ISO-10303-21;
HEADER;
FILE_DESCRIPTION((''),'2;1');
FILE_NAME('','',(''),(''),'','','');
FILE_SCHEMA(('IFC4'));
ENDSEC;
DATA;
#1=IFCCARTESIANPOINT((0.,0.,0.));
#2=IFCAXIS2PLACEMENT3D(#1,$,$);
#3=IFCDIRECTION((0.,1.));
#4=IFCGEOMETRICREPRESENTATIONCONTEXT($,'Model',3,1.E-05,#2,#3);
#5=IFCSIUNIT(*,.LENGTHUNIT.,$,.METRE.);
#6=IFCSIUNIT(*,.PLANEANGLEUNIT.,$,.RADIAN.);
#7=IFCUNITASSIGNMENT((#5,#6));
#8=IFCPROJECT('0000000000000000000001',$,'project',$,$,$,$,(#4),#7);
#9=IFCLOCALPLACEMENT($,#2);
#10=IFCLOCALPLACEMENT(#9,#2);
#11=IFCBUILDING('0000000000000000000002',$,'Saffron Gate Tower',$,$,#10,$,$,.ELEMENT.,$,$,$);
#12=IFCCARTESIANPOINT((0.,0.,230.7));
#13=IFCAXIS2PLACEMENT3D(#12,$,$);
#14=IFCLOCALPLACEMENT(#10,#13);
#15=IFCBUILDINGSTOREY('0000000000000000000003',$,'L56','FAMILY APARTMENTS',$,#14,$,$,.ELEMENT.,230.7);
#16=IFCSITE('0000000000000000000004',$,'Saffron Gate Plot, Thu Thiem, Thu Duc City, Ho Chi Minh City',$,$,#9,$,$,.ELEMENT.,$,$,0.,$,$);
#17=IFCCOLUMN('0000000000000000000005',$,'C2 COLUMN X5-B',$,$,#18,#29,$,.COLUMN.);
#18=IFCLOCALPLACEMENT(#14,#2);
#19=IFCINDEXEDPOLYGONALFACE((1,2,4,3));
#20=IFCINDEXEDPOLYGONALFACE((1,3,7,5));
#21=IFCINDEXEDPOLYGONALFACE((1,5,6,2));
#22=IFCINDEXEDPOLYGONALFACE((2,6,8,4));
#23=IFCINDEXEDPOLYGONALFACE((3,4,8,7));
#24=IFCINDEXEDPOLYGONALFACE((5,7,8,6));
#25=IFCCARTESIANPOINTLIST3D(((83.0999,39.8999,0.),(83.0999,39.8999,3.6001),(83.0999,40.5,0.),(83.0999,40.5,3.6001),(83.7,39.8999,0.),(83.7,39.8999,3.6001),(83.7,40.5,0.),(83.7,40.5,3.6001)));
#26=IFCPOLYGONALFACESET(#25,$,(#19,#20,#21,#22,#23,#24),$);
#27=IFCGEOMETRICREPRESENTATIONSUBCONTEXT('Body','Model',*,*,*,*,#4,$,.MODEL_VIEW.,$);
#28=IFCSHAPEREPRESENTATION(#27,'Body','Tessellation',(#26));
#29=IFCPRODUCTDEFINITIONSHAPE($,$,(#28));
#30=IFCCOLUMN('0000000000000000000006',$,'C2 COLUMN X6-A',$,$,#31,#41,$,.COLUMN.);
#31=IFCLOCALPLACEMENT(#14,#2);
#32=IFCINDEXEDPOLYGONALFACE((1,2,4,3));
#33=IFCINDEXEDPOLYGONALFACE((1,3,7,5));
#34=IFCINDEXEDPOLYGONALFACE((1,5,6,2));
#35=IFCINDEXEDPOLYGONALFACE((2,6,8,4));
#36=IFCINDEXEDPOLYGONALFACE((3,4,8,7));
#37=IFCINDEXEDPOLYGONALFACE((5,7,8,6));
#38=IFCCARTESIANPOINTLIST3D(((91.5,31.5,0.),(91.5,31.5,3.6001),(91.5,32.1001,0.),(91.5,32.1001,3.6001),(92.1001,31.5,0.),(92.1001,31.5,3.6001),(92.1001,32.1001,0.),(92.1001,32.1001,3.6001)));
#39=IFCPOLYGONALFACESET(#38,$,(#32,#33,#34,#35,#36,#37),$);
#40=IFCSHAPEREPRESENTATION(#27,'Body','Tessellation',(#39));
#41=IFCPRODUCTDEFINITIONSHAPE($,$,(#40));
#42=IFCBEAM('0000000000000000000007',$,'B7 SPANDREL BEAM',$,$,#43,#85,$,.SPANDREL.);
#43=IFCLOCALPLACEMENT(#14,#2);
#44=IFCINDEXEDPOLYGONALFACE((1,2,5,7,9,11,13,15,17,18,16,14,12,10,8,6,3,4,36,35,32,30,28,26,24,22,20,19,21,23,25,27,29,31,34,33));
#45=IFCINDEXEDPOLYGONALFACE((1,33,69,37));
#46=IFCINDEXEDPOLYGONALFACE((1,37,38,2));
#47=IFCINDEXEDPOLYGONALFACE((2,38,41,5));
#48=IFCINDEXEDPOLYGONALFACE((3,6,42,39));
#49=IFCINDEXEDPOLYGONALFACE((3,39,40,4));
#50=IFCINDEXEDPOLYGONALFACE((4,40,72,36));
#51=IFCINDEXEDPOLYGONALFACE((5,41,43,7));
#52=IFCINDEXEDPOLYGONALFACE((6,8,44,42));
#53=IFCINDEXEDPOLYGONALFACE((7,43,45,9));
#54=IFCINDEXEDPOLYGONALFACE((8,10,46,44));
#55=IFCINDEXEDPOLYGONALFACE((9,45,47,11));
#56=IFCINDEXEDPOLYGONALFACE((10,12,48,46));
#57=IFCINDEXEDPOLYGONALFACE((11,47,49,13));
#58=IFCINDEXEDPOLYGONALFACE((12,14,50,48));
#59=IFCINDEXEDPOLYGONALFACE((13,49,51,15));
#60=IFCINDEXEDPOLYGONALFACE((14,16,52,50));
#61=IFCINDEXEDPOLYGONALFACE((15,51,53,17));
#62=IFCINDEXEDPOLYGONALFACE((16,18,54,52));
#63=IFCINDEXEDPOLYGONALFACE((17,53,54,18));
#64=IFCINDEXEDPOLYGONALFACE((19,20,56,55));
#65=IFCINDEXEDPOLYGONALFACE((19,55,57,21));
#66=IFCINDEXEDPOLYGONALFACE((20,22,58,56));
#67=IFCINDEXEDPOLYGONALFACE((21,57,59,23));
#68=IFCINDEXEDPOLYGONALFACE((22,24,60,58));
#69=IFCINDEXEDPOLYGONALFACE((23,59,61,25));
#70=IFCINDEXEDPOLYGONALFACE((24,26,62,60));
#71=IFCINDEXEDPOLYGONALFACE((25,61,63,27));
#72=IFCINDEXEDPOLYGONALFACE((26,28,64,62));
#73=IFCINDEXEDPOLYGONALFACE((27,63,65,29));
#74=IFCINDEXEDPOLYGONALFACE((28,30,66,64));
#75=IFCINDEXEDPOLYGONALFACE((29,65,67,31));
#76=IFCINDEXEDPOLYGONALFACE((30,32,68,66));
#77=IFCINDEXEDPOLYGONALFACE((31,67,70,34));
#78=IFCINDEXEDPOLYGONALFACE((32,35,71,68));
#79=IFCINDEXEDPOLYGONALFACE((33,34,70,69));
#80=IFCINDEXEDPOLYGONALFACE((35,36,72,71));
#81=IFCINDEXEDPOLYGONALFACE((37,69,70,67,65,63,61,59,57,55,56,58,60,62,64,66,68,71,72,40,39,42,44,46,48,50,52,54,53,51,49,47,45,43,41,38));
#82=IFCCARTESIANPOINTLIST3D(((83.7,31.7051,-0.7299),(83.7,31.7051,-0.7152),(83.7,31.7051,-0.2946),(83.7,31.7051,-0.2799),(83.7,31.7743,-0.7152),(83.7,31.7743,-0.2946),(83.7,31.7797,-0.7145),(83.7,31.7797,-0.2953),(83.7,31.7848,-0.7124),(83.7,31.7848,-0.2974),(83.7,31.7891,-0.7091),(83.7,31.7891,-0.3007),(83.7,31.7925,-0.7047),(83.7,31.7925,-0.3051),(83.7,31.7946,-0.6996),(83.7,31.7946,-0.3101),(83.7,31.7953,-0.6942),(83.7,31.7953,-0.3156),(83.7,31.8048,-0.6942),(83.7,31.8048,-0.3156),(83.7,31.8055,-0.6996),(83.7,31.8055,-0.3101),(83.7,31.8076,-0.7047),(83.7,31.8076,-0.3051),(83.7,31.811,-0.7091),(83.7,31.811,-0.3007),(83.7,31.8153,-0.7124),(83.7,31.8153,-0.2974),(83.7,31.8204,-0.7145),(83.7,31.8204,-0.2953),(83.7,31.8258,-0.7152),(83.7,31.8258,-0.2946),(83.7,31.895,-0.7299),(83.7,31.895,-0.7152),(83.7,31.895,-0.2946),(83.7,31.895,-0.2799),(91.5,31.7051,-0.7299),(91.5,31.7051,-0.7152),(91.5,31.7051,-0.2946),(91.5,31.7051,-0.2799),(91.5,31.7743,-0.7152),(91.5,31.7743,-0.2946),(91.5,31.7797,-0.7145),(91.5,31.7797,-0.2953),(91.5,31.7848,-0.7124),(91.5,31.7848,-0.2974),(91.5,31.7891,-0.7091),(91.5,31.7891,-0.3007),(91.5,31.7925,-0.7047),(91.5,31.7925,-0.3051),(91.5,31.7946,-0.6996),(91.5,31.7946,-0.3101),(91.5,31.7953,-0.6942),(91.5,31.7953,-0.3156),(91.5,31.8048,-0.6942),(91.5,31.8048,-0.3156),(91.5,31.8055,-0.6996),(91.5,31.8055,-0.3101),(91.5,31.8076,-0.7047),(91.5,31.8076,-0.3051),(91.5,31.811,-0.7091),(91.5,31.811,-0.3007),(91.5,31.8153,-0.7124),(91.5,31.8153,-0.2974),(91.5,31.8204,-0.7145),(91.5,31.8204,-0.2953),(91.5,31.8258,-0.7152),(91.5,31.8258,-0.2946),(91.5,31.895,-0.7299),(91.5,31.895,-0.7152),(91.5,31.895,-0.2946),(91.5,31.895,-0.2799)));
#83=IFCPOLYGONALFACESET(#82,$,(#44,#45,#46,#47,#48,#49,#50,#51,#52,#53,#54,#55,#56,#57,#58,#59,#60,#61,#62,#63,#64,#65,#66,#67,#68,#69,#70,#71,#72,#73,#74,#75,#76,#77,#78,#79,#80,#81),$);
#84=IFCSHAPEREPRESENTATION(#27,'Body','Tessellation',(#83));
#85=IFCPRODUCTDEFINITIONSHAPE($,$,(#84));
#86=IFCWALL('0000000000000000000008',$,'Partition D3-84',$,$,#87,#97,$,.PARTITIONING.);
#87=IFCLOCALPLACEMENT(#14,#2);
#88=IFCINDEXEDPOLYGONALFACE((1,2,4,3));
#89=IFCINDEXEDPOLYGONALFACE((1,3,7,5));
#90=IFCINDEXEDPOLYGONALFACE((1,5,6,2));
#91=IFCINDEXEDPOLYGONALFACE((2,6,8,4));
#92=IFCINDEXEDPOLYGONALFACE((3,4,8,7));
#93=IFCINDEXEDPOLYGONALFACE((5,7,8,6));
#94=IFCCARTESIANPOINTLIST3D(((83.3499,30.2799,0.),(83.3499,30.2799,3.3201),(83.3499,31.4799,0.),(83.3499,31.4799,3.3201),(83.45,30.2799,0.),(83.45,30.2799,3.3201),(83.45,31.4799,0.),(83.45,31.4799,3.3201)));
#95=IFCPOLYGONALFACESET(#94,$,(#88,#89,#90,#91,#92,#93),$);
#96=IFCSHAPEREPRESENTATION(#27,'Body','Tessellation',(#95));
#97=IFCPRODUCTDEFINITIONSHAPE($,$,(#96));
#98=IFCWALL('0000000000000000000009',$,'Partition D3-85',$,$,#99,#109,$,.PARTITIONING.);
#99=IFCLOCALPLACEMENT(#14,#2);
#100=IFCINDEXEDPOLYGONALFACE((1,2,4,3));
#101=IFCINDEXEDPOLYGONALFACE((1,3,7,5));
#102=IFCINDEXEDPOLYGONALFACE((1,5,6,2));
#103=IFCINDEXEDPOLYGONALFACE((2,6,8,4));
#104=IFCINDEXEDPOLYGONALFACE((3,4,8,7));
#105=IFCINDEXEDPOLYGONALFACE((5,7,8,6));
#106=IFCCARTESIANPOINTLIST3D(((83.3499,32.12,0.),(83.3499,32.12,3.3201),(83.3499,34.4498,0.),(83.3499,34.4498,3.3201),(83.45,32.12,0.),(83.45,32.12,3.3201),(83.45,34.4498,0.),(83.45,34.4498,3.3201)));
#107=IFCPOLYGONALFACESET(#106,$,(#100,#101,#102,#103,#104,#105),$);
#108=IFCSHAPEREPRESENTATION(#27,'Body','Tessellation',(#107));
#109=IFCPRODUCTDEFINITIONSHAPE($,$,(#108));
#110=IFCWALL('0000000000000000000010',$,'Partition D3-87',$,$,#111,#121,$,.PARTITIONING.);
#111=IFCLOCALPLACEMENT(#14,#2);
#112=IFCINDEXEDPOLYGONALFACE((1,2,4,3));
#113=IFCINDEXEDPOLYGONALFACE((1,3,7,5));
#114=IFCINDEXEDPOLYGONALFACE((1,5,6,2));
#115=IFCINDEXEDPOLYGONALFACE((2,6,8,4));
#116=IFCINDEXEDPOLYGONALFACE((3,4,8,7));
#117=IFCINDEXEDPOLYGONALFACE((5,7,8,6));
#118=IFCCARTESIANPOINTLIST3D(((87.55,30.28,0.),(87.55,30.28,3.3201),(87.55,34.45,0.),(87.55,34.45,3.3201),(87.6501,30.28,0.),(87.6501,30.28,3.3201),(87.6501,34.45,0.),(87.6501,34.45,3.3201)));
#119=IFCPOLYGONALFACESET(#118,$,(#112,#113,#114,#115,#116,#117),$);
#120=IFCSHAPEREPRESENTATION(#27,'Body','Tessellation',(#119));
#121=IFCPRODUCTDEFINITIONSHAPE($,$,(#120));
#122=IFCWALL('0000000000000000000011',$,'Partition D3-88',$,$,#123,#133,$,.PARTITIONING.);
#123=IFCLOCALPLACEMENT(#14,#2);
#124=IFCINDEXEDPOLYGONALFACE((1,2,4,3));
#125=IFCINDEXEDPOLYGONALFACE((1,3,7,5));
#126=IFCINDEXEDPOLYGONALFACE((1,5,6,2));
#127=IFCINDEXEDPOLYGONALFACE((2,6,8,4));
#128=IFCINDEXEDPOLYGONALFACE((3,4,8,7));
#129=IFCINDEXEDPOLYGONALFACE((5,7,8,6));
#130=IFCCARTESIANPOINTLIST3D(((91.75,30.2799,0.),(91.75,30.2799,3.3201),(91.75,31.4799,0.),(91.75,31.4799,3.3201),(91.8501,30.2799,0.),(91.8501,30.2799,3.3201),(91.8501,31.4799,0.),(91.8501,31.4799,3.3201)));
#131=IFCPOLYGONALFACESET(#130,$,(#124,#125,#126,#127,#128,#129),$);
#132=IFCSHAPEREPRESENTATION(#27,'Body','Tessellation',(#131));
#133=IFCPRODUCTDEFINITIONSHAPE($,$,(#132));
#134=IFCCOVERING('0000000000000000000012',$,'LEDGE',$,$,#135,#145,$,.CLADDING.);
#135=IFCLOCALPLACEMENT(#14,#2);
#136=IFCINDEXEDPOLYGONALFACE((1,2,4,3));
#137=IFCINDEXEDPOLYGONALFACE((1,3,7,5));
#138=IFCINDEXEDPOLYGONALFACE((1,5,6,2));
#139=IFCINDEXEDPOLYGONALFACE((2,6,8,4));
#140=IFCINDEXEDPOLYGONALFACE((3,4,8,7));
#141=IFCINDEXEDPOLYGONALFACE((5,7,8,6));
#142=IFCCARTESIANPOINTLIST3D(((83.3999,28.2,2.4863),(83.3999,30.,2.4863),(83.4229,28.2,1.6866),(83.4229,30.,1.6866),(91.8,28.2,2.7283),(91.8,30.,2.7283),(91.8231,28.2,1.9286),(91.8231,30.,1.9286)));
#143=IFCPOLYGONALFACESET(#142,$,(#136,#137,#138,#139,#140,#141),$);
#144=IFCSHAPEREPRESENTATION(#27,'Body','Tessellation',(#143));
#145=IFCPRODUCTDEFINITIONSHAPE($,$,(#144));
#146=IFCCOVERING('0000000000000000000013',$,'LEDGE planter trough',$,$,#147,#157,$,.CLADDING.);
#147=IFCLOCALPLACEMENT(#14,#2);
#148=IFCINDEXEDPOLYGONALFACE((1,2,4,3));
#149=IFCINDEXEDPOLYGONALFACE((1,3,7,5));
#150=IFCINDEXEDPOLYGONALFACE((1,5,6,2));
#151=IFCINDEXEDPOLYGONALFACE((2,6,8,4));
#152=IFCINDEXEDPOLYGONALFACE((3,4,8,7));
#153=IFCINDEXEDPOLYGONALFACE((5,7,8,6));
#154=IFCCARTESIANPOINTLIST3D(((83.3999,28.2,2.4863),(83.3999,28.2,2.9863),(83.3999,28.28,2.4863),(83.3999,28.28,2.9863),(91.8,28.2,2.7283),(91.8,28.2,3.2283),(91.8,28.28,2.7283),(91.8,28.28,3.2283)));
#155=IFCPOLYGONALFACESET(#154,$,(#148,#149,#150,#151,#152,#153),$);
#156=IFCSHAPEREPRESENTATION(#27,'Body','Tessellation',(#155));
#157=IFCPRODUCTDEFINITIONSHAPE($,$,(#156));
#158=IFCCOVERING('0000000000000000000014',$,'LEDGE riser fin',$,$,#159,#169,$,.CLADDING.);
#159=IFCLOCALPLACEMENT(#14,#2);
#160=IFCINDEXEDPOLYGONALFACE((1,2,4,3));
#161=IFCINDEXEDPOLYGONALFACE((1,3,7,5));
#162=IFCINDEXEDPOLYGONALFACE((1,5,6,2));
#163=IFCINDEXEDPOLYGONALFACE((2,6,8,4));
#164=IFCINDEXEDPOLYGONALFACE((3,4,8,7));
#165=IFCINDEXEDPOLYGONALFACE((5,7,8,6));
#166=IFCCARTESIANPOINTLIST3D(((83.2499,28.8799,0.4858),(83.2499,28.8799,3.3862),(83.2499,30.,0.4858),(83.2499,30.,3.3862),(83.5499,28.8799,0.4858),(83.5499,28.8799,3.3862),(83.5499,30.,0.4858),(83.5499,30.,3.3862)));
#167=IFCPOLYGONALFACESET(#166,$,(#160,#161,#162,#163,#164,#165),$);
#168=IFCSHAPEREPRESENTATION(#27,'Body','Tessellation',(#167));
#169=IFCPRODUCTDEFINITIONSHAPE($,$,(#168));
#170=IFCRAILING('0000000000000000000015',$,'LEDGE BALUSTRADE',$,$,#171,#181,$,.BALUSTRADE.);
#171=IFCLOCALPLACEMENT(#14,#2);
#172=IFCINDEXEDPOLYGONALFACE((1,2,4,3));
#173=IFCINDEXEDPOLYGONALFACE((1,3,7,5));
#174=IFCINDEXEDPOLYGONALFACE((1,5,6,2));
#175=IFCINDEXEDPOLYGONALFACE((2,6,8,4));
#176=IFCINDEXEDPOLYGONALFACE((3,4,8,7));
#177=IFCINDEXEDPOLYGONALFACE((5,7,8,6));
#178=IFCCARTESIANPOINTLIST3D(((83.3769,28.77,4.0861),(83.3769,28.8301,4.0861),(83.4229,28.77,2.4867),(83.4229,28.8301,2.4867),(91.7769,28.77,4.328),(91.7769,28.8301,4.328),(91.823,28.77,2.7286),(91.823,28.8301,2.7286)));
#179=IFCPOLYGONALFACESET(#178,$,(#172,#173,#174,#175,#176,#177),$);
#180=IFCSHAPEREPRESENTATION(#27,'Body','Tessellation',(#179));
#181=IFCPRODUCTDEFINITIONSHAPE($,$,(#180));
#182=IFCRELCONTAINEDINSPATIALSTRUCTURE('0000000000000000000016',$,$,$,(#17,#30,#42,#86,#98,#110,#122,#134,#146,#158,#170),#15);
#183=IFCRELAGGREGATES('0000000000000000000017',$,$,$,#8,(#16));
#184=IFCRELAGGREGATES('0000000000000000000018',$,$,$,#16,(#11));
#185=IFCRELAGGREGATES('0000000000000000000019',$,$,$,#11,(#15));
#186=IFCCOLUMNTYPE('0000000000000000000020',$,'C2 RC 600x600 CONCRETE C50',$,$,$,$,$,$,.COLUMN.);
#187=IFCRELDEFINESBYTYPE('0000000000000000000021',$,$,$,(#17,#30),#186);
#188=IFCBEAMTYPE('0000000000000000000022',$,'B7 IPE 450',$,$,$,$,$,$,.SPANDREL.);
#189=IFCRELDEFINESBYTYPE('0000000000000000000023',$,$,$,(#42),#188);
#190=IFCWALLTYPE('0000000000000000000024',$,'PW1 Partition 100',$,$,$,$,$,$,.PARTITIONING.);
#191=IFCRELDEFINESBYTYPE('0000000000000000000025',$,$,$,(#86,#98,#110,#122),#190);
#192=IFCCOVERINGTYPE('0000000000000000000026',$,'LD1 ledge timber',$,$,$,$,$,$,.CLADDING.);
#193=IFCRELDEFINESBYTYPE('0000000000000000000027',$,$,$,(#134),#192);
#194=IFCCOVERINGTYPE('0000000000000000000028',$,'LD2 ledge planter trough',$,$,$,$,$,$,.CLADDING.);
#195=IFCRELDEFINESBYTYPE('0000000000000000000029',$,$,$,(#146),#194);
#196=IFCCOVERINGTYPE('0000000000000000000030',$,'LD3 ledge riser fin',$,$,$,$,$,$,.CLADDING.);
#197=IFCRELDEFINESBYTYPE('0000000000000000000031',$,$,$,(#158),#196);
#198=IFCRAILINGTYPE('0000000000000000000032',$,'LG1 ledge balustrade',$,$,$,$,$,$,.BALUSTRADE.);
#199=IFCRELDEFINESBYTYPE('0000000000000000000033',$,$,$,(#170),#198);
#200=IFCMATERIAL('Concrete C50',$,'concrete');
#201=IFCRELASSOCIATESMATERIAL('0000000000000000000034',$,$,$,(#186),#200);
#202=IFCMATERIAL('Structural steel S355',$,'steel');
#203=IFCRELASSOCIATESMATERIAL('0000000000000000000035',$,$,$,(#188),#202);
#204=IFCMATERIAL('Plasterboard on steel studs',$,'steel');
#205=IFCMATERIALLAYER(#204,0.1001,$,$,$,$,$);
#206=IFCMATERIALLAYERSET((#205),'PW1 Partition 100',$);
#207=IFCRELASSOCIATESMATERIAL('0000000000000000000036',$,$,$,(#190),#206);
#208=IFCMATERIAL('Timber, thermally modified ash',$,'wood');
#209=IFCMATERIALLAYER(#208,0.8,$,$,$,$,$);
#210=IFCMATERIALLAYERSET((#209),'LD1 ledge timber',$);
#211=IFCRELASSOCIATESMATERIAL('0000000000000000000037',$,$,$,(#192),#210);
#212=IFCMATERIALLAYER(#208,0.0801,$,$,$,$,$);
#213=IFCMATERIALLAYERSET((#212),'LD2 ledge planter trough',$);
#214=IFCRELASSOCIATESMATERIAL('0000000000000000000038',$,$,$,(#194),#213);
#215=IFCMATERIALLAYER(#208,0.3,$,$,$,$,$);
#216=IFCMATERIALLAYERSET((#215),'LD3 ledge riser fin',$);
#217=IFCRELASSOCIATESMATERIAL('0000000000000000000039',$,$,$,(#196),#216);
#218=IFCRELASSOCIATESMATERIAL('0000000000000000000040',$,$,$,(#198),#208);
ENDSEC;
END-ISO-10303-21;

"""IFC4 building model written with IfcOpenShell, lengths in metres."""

from ifc_helpers import new_model, si_unit, direction, frame, frame_2d, origin, origin_2d, place, context, subcontext, project, spatial, polyline, rectangle, i_section, outline, extrude, material, layer, layer_set, material_profile, profile_set, type_object, element, save


model = new_model("IFC4")

# Units and contexts
model_context = context("Model", 3, precision=1e-05, world=origin(), true_north=direction((0.0, 1.0)))
body_context = subcontext(model_context, "Body", "Model", "MODEL_VIEW")
ifc_project = project(units=[si_unit("LENGTHUNIT", "METRE"), si_unit("PLANEANGLEUNIT", "RADIAN")], contexts=[model_context])

# Site, building, storey
site_placement = place(None, origin())
site = spatial("IfcSite", under=ifc_project, at=site_placement, Name="Saffron Gate Plot, Thu Thiem, Thu Duc City, Ho Chi Minh City", CompositionType="ELEMENT", RefElevation=0.0)
building_placement = place(site_placement, origin())
building = spatial("IfcBuilding", under=site, at=building_placement, Name="Saffron Gate Tower", CompositionType="ELEMENT")
storey_placement = place(building_placement, frame((0.0, 0.0, 230.7)))
storey = spatial("IfcBuildingStorey", under=building, at=storey_placement, Name="L56", Description="FAMILY APARTMENTS", CompositionType="ELEMENT", Elevation=230.7)

# Columns
ifc_material_1 = material(Name="Concrete C50", Category="concrete")
ifc_material_profile_1 = material_profile(ifc_material_1, rectangle(XDim=0.6001, YDim=0.6001, at=origin_2d()))
ifc_profile_set_1 = profile_set([ifc_material_profile_1], Name="Concrete C50")
column_type = type_object("IfcColumnType", Name="C2 RC 600x600 CONCRETE C50", PredefinedType="COLUMN", material=ifc_profile_set_1)
for number, where, z_axis, x_axis, name in (
    (1, (83.3999, 40.2, 0.0), (0.0, 0.0, 1.0), (1.0, 0.0, 0.0), "C2 COLUMN X5-B"),
    (2, (91.8, 31.8, 0.0), (0.0, 0.0, 1.0), (1.0, 0.0, 0.0), "C2 COLUMN X6-A"),
):
    element("IfcColumn", number, at=place(storey_placement, frame(where, z_axis=z_axis, x_axis=x_axis)), inside=storey, type_object=column_type, Name=name, PredefinedType="COLUMN", context=body_context, shape_type="SweptSolid", body=[
        extrude(rectangle(XDim=0.6001, YDim=0.6001, at=origin_2d()), origin(), (0.0, 0.0, 1.0), 3.6001),
    ])

# Beam
ifc_material_2 = material(Name="Structural steel S355", Category="steel")
ifc_material_profile_2 = material_profile(ifc_material_2, i_section(OverallWidth=0.1899, OverallDepth=0.45, WebThickness=0.0095, FlangeThickness=0.0146, FilletRadius=0.021, at=origin_2d()))
ifc_profile_set_2 = profile_set([ifc_material_profile_2], Name="Structural steel S355")
beam_type = type_object("IfcBeamType", Name="B7 IPE 450", PredefinedType="SPANDREL", material=ifc_profile_set_2)
beam_placement = place(storey_placement, frame((83.7, 31.8, -0.5049), z_axis=(1.0, 0.0, 0.0), x_axis=(0.0, 1.0, 0.0)))
element("IfcBeam", 3, at=beam_placement, inside=storey, type_object=beam_type, Name="B7 SPANDREL BEAM", PredefinedType="SPANDREL", context=body_context, shape_type="SweptSolid", body=[
    extrude(i_section(OverallWidth=0.1899, OverallDepth=0.45, WebThickness=0.0095, FlangeThickness=0.0146, FilletRadius=0.021, at=origin_2d()), origin(), (0.0, 0.0, 1.0), 7.8),
])

# Walls
ifc_material_3 = material(Name="Plasterboard on steel studs", Category="steel")
ifc_layer_1 = layer(ifc_material_3, 0.1001)
ifc_layer_set_1 = layer_set([ifc_layer_1], Name="PW1 Partition 100")
wall_type = type_object("IfcWallType", Name="PW1 Partition 100", PredefinedType="PARTITIONING", material=ifc_layer_set_1)
wall_1_placement = place(storey_placement, frame((83.3999, 31.48, 0.0), z_axis=(0.0, 0.0, 1.0), x_axis=(0.0, -1.0, 0.0)))
element("IfcWall", 4, at=wall_1_placement, inside=storey, type_object=wall_type, Name="Partition D3-84", PredefinedType="PARTITIONING", context=body_context, shape_type="SweptSolid", body=[
    extrude(rectangle(XDim=1.2, YDim=0.1001, at=frame_2d((0.6001, 0.0))), origin(), (0.0, 0.0, 1.0), 3.3201),
])
wall_2_placement = place(storey_placement, frame((83.3999, 34.45, 0.0), z_axis=(0.0, 0.0, 1.0), x_axis=(0.0, -1.0, 0.0)))
element("IfcWall", 5, at=wall_2_placement, inside=storey, type_object=wall_type, Name="Partition D3-85", PredefinedType="PARTITIONING", context=body_context, shape_type="SweptSolid", body=[
    extrude(rectangle(XDim=2.3298, YDim=0.1001, at=frame_2d((1.165, 0.0))), origin(), (0.0, 0.0, 1.0), 3.3201),
])
wall_3_placement = place(storey_placement, frame((87.6001, 34.45, 0.0), z_axis=(0.0, 0.0, 1.0), x_axis=(0.0, -1.0, 0.0)))
element("IfcWall", 6, at=wall_3_placement, inside=storey, type_object=wall_type, Name="Partition D3-87", PredefinedType="PARTITIONING", context=body_context, shape_type="SweptSolid", body=[
    extrude(rectangle(XDim=4.1699, YDim=0.1001, at=frame_2d((2.085, 0.0))), origin(), (0.0, 0.0, 1.0), 3.3201),
])
wall_4_placement = place(storey_placement, frame((91.8, 31.48, 0.0), z_axis=(0.0, 0.0, 1.0), x_axis=(0.0, -1.0, 0.0)))
element("IfcWall", 7, at=wall_4_placement, inside=storey, type_object=wall_type, Name="Partition D3-88", PredefinedType="PARTITIONING", context=body_context, shape_type="SweptSolid", body=[
    extrude(rectangle(XDim=1.2, YDim=0.1001, at=frame_2d((0.6001, 0.0))), origin(), (0.0, 0.0, 1.0), 3.3201),
])

# Coverings
ifc_material_4 = material(Name="Timber, thermally modified ash", Category="wood")
ifc_layer_2 = layer(ifc_material_4, 0.8)
ifc_layer_set_2 = layer_set([ifc_layer_2], Name="LD1 ledge timber")
covering_type_1 = type_object("IfcCoveringType", Name="LD1 ledge timber", PredefinedType="CLADDING", material=ifc_layer_set_2)
covering_1_placement = place(storey_placement, frame((83.3999, 30.0, 2.4863), z_axis=(-0.02879, 0.0, 0.999585), x_axis=(0.999585, 0.0, 0.02879)))
element("IfcCovering", 8, at=covering_1_placement, inside=storey, type_object=covering_type_1, Name="LEDGE", PredefinedType="CLADDING", context=body_context, shape_type="SweptSolid", body=[
    extrude(outline(polyline([(0.0, 0.0), (8.4036, 0.0), (8.4036, -1.8), (0.0, -1.8), (0.0, 0.0)])), origin(), (0.0, 0.0, -1.0), 0.8),
])
ifc_layer_3 = layer(ifc_material_4, 0.0801)
ifc_layer_set_3 = layer_set([ifc_layer_3], Name="LD2 ledge planter trough")
covering_type_2 = type_object("IfcCoveringType", Name="LD2 ledge planter trough", PredefinedType="CLADDING", material=ifc_layer_set_3)
covering_2_placement = place(storey_placement, frame((83.3999, 28.2, 2.4863), z_axis=(0.0, -1.0, 0.0), x_axis=(0.999585, 0.0, 0.02879)))
element("IfcCovering", 9, at=covering_2_placement, inside=storey, type_object=covering_type_2, Name="LEDGE planter trough", PredefinedType="CLADDING", context=body_context, shape_type="SweptSolid", body=[
    extrude(outline(polyline([(0.0, 0.0), (8.4036, 0.0), (8.418, 0.4998), (0.0144, 0.4998), (0.0, 0.0)])), origin(), (0.0, 0.0, -1.0), 0.0801),
])
ifc_layer_4 = layer(ifc_material_4, 0.3)
ifc_layer_set_4 = layer_set([ifc_layer_4], Name="LD3 ledge riser fin")
covering_type_3 = type_object("IfcCoveringType", Name="LD3 ledge riser fin", PredefinedType="CLADDING", material=ifc_layer_set_4)
covering_3_placement = place(storey_placement, frame((83.3999, 29.4399, 0.4858), z_axis=(0.0, 0.0, 1.0), x_axis=(1.0, 0.0, 0.0)))
element("IfcCovering", 10, at=covering_3_placement, inside=storey, type_object=covering_type_3, Name="LEDGE riser fin", PredefinedType="CLADDING", context=body_context, shape_type="SweptSolid", body=[
    extrude(rectangle(XDim=0.3, YDim=1.1201, at=origin_2d()), origin(), (0.0, 0.0, 1.0), 2.9004),
])

# Railing
railing_type = type_object("IfcRailingType", Name="LG1 ledge balustrade", PredefinedType="BALUSTRADE", material=ifc_material_4)
railing_placement = place(storey_placement, frame((83.3999, 28.8, 2.4863)))
element("IfcRailing", 11, at=railing_placement, inside=storey, type_object=railing_type, Name="LEDGE BALUSTRADE", PredefinedType="BALUSTRADE", context=body_context, shape_type="SweptSolid", body=[
    extrude(rectangle(XDim=0.0601, YDim=1.6001, at=origin_2d()), frame((0.0, 0.0, 0.8), z_axis=(0.999585, 0.0, 0.02879), x_axis=(0.0, 1.0, 0.0)), (0.0, 0.0, 1.0), 8.4036),
])

save(model, "model.ifc")
